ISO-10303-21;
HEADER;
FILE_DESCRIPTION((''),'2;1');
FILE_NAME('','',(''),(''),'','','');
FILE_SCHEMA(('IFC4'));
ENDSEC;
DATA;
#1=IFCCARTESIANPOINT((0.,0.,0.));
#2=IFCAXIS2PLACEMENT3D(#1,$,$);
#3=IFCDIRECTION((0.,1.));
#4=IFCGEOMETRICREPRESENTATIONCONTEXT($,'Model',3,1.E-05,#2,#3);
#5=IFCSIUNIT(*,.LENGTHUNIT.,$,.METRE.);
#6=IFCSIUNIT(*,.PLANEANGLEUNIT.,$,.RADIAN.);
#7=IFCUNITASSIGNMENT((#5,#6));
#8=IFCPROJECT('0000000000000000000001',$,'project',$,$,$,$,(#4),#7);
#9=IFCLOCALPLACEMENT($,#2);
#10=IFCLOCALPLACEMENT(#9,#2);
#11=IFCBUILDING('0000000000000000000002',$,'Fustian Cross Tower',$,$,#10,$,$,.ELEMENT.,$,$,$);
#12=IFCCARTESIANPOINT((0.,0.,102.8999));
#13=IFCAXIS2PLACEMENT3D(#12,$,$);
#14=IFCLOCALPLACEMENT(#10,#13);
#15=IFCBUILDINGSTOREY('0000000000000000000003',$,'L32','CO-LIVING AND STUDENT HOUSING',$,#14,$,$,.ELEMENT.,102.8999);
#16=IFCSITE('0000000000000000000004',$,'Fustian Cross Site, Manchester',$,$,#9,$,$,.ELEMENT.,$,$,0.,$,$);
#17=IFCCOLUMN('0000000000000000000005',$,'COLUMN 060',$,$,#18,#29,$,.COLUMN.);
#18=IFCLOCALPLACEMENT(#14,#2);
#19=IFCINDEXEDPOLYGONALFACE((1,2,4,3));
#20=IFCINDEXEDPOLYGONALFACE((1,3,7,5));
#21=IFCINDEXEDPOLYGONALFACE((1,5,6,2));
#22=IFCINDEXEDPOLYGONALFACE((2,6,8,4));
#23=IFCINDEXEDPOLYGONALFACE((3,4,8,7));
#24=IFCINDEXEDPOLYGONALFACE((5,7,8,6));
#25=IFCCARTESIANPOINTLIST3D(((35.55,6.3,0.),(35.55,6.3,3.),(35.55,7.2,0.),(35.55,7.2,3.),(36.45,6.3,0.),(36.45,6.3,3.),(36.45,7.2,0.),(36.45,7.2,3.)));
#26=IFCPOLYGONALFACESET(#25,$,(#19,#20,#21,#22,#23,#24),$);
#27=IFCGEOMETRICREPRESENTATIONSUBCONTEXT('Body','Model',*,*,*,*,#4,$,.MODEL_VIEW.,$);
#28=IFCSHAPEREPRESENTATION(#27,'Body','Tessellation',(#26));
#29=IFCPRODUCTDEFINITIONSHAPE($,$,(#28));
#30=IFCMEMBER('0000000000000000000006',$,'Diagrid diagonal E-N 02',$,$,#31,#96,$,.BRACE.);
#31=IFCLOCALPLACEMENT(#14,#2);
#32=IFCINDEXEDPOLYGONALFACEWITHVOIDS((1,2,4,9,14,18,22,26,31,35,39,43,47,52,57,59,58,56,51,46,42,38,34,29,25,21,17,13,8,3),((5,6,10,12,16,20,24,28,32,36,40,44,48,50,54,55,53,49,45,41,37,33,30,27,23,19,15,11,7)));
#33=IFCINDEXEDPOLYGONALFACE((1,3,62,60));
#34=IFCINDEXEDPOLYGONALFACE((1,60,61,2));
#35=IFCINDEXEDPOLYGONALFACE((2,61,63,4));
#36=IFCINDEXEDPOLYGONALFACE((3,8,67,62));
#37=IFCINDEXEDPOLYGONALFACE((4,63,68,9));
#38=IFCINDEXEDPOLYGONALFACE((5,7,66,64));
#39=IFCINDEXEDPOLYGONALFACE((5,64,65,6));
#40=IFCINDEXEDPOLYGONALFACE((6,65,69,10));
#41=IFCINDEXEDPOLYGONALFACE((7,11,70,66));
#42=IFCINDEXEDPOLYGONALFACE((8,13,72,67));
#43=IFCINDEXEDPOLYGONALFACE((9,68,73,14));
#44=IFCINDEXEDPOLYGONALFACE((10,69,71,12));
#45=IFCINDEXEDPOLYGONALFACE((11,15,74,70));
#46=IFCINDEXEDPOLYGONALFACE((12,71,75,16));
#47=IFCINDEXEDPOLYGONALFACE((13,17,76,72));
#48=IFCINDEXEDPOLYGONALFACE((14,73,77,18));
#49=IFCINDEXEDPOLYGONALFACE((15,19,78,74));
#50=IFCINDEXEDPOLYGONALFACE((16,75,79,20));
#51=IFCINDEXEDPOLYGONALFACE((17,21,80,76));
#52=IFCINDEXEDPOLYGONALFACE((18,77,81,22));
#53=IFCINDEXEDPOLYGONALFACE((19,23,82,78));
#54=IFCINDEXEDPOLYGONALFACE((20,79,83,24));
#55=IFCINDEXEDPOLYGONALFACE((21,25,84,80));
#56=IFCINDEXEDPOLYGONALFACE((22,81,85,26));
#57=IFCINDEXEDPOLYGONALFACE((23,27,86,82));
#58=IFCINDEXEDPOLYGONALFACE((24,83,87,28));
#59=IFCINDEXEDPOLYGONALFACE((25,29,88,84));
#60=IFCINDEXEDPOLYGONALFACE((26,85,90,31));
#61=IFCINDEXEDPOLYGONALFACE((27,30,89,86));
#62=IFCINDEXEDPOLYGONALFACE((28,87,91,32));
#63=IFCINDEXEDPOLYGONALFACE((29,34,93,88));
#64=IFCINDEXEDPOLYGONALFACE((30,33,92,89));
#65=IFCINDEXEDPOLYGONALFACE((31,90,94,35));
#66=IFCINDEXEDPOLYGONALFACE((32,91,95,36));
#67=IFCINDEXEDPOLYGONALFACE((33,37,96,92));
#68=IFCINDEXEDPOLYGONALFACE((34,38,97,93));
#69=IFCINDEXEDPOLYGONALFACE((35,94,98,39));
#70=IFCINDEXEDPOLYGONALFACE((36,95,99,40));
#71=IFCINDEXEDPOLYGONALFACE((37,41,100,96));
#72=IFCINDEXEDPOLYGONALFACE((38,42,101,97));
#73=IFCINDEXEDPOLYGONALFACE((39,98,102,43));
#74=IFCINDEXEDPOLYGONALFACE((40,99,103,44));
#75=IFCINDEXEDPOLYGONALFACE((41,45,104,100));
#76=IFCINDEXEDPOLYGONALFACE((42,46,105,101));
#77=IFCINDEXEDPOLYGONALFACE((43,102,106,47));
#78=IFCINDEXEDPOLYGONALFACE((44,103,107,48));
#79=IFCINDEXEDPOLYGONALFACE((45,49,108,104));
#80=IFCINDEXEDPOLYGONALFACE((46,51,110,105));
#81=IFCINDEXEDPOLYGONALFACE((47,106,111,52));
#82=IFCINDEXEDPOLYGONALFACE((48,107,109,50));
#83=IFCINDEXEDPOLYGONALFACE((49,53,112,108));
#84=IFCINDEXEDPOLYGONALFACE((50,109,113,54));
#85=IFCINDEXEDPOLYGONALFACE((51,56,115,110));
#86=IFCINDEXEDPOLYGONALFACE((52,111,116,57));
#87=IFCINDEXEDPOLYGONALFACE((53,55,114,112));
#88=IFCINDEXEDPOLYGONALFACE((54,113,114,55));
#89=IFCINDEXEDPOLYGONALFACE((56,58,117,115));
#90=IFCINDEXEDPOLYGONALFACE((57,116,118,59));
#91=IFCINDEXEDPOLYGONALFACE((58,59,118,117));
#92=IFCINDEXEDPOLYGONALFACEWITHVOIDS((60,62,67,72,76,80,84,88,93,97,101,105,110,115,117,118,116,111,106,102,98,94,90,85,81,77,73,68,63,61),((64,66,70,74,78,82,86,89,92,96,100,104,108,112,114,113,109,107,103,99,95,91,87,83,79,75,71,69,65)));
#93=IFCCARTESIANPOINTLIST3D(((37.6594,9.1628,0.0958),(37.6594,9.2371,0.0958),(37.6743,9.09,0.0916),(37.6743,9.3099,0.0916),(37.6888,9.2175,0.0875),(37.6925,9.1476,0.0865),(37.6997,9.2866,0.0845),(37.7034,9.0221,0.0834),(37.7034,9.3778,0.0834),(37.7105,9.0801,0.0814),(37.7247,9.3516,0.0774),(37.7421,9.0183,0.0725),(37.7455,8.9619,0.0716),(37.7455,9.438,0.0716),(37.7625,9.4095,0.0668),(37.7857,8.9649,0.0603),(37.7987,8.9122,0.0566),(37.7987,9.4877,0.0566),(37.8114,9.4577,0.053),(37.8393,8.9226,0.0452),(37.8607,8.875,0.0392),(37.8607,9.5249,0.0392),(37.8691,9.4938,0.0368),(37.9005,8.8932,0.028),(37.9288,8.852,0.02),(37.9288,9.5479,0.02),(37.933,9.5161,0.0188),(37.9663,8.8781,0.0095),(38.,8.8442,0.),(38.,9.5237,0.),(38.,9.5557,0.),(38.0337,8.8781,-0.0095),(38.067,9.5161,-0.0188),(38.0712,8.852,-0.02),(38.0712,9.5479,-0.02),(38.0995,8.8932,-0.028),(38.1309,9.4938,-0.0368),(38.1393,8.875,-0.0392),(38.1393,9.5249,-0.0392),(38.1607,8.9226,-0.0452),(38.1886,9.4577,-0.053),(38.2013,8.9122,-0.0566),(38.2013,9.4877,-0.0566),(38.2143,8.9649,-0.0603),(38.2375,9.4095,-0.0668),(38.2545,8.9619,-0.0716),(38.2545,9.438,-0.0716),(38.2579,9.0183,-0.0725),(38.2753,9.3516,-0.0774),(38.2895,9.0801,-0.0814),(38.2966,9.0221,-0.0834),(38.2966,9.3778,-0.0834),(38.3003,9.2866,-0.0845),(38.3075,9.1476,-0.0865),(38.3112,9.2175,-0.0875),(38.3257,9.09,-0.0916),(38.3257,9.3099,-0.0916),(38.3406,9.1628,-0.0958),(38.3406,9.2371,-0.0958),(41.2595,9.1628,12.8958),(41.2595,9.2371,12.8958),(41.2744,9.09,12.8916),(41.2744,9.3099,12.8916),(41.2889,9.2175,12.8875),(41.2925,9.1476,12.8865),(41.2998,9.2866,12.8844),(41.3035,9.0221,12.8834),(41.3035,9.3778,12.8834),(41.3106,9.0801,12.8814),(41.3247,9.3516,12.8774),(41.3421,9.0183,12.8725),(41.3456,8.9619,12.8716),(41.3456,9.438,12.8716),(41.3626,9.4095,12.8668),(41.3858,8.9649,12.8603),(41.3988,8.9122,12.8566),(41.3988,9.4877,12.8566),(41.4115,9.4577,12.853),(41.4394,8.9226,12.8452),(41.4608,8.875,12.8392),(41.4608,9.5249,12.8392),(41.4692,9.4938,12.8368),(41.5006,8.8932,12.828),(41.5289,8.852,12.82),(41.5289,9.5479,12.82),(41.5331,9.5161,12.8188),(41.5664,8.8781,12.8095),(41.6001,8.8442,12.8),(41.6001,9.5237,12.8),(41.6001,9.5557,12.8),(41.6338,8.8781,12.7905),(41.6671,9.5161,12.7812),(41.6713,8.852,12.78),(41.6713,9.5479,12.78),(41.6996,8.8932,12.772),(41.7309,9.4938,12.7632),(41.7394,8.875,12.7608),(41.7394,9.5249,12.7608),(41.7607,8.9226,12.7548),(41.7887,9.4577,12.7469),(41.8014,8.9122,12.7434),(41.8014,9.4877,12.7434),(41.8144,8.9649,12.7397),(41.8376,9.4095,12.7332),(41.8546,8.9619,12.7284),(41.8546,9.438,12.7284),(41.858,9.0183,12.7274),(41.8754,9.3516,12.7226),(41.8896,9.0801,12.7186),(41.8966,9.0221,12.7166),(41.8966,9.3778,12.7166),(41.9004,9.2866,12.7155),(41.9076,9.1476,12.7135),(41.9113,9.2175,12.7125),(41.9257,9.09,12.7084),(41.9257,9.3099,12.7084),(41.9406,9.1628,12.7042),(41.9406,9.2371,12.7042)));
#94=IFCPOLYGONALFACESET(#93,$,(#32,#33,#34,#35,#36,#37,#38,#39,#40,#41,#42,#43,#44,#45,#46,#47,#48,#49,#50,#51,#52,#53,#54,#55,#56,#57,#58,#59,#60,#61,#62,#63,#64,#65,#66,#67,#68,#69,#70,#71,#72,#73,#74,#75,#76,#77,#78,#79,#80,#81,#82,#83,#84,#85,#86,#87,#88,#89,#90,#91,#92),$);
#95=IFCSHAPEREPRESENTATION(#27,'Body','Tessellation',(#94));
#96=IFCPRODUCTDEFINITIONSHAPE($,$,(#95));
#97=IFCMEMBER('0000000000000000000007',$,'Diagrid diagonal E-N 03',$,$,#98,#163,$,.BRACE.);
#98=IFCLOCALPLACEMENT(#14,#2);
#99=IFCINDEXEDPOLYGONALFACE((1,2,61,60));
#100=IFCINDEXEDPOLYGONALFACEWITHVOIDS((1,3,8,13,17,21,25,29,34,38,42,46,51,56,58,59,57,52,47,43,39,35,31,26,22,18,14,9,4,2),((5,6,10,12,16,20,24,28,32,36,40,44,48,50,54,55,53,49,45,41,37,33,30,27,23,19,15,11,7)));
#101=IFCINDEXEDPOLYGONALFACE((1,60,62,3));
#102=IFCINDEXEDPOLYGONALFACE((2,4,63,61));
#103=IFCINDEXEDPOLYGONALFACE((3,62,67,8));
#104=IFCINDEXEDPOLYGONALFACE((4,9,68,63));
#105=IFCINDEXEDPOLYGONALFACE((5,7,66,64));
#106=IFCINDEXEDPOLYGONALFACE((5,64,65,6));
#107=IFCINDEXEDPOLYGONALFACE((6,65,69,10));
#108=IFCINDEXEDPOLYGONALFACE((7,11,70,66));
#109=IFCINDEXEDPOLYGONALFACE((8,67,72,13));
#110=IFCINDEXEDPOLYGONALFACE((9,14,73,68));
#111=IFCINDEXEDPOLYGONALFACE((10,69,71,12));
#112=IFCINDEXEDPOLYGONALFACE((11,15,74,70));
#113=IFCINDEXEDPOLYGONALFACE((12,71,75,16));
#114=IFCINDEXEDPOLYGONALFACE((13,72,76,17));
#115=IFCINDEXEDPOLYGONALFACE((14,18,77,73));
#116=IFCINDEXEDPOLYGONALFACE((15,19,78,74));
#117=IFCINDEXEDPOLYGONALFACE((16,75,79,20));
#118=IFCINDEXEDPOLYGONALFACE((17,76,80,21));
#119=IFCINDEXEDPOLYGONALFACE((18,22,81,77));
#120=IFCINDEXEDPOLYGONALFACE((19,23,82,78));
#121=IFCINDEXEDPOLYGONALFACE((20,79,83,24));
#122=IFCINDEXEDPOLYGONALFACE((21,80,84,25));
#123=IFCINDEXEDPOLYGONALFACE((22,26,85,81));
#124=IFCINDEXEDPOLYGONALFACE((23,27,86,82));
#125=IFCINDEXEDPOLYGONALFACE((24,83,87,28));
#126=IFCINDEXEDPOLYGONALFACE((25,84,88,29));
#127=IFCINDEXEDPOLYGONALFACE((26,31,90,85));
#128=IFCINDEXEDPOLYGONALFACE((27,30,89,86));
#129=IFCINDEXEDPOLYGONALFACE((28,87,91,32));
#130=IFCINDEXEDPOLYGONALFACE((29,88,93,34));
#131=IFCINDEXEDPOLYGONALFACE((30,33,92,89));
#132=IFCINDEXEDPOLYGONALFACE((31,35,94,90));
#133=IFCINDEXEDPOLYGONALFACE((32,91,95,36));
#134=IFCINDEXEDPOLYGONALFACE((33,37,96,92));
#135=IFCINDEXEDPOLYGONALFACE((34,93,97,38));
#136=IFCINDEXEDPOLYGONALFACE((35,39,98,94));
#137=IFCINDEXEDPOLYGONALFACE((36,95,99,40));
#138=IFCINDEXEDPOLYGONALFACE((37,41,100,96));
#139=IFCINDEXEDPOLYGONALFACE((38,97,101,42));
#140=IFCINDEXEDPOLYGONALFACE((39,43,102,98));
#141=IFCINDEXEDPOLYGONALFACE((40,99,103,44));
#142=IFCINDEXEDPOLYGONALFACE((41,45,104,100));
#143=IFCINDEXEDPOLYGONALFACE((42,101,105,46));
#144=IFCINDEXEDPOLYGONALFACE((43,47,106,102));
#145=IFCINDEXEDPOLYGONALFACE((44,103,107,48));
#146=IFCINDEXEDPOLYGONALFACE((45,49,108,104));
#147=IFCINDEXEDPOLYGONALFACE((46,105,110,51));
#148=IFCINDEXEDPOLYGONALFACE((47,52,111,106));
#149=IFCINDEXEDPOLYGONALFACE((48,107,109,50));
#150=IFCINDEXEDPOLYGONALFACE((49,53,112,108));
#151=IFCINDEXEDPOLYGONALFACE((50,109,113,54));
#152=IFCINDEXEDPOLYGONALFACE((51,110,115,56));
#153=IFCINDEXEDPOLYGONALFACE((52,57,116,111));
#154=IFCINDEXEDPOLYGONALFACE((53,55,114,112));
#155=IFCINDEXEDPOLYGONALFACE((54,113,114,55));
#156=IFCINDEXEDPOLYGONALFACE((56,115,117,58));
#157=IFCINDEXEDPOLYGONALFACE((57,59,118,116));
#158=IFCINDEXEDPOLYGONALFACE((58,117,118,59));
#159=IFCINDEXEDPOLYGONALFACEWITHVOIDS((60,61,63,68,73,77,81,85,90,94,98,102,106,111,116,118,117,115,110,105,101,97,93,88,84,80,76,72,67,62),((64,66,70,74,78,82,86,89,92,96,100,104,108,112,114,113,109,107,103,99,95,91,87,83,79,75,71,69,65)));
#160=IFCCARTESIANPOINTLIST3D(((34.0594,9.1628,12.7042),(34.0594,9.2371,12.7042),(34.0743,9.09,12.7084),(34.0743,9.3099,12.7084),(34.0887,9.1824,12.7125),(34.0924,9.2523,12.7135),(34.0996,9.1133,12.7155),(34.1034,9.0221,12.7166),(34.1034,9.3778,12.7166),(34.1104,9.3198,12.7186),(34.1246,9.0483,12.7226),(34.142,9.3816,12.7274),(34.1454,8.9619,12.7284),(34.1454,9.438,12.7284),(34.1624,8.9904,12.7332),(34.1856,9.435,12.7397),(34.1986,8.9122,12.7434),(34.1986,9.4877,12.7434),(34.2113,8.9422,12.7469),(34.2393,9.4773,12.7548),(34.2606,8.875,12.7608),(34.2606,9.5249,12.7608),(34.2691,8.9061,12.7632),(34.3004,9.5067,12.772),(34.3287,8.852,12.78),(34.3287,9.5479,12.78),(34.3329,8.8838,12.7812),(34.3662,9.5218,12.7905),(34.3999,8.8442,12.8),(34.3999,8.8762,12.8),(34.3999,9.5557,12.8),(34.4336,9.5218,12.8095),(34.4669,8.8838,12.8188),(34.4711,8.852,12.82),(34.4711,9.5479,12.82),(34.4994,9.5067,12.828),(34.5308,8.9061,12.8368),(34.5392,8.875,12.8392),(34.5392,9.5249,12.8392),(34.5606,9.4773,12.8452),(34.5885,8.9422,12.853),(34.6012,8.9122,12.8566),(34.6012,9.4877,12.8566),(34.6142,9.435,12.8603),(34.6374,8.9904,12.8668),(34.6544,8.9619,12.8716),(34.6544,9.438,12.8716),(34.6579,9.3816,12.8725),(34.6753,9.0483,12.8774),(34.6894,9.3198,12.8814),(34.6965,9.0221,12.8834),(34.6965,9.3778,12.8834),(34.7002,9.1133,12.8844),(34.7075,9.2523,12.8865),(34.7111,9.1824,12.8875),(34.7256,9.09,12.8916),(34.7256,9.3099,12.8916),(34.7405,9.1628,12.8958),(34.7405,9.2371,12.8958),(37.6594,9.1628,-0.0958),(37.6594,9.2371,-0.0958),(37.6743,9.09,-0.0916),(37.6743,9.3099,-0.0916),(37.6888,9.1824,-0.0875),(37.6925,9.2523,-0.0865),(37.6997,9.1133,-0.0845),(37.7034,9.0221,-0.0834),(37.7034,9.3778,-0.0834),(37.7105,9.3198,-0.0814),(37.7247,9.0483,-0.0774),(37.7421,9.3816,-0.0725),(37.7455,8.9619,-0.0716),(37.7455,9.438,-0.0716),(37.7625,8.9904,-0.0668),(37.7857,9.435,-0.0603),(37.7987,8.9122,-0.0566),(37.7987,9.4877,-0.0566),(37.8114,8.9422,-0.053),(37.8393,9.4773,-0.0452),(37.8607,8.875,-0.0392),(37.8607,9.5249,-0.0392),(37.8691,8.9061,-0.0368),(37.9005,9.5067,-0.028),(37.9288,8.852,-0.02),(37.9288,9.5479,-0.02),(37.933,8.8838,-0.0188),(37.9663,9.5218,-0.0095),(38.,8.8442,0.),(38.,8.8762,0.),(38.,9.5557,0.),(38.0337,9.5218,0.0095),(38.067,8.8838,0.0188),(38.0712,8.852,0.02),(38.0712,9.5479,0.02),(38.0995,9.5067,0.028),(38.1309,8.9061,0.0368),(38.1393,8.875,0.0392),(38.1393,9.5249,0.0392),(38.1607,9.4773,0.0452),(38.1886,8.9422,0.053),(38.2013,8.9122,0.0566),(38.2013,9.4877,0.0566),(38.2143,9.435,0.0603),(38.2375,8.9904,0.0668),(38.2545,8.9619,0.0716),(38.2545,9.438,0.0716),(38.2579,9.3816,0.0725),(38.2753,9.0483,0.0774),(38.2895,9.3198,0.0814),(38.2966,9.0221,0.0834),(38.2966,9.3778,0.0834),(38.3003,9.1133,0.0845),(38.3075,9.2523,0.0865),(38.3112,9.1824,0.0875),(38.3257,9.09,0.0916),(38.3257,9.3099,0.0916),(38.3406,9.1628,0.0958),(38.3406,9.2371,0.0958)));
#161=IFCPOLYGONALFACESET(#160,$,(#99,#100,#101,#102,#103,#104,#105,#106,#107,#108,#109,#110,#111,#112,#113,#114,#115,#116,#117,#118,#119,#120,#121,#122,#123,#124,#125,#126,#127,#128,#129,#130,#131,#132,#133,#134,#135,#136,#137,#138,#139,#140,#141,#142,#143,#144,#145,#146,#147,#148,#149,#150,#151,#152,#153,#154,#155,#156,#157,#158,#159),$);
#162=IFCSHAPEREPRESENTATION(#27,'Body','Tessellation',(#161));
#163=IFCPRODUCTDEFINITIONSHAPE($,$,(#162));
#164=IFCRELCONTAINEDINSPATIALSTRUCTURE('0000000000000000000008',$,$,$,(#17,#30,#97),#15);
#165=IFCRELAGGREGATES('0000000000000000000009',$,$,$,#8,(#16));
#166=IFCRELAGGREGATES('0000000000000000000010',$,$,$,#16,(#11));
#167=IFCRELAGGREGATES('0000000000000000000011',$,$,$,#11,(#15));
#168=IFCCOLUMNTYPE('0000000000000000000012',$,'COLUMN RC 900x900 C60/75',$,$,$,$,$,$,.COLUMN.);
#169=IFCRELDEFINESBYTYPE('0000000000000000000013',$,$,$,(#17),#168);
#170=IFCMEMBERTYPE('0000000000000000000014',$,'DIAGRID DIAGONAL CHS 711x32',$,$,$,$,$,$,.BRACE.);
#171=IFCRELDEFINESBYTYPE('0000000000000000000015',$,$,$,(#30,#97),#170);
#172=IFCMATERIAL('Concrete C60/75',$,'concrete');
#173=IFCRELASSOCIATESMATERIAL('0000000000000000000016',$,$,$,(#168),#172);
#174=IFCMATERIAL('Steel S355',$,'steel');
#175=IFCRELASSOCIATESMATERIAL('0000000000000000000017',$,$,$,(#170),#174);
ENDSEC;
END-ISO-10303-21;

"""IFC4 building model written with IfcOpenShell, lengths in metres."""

from ifc_helpers import new_model, si_unit, direction, frame, origin, origin_2d, place, context, subcontext, project, spatial, rectangle, hollow_circle, extrude, material, material_profile, profile_set, type_object, element, save


model = new_model("IFC4")

# Units and contexts
model_context = context("Model", 3, precision=1e-05, world=origin(), true_north=direction((0.0, 1.0)))
body_context = subcontext(model_context, "Body", "Model", "MODEL_VIEW")
ifc_project = project(units=[si_unit("LENGTHUNIT", "METRE"), si_unit("PLANEANGLEUNIT", "RADIAN")], contexts=[model_context])

# Site, building, storey
site_placement = place(None, origin())
site = spatial("IfcSite", under=ifc_project, at=site_placement, Name="Fustian Cross Site, Manchester", CompositionType="ELEMENT", RefElevation=0.0)
building_placement = place(site_placement, origin())
building = spatial("IfcBuilding", under=site, at=building_placement, Name="Fustian Cross Tower", CompositionType="ELEMENT")
storey_placement = place(building_placement, frame((0.0, 0.0, 102.8999)))
storey = spatial("IfcBuildingStorey", under=building, at=storey_placement, Name="L32", Description="CO-LIVING AND STUDENT HOUSING", CompositionType="ELEMENT", Elevation=102.8999)

# Column
ifc_material_1 = material(Name="Concrete C60/75", Category="concrete")
ifc_material_profile_1 = material_profile(ifc_material_1, rectangle(XDim=0.8999, YDim=0.8999, at=origin_2d()), Name="RC 900x900")
ifc_profile_set_1 = profile_set([ifc_material_profile_1], Name="Concrete C60/75")
column_type = type_object("IfcColumnType", Name="COLUMN RC 900x900 C60/75", PredefinedType="COLUMN", material=ifc_profile_set_1)
column_placement = place(storey_placement, frame((36.0, 6.75, 0.0), z_axis=(0.0, 0.0, 1.0), x_axis=(1.0, 0.0, 0.0)))
element("IfcColumn", 1, at=column_placement, inside=storey, type_object=column_type, Name="COLUMN 060", PredefinedType="COLUMN", context=body_context, shape_type="SweptSolid", body=[
    extrude(rectangle(XDim=0.8999, YDim=0.8999, at=origin_2d()), origin(), (0.0, 0.0, 1.0), 3.0),
])

# Members
ifc_material_2 = material(Name="Steel S355", Category="steel")
ifc_material_profile_2 = material_profile(ifc_material_2, hollow_circle(Radius=0.3557, WallThickness=0.032, at=origin_2d()), Name="CHS 711x32")
ifc_profile_set_2 = profile_set([ifc_material_profile_2], Name="Steel S355")
member_type = type_object("IfcMemberType", Name="DIAGRID DIAGONAL CHS 711x32", PredefinedType="BRACE", material=ifc_profile_set_2)
for number, where, z_axis, x_axis, name in (
    (2, (38.0, 9.2, 0.0), (0.270751, 0.0, 0.962649), (0.0, 1.0, 0.0), "Diagrid diagonal E-N 02"),
    (3, (38.0, 9.2, 0.0), (-0.270751, 0.0, 0.962649), (0.0, -1.0, 0.0), "Diagrid diagonal E-N 03"),
):
    element("IfcMember", number, at=place(storey_placement, frame(where, z_axis=z_axis, x_axis=x_axis)), inside=storey, type_object=member_type, Name=name, PredefinedType="BRACE", context=body_context, shape_type="SweptSolid", body=[
        extrude(hollow_circle(Radius=0.3557, WallThickness=0.032, at=origin_2d()), origin(), (0.0, 0.0, 1.0), 13.2966),
    ])

save(model, "model.ifc")
